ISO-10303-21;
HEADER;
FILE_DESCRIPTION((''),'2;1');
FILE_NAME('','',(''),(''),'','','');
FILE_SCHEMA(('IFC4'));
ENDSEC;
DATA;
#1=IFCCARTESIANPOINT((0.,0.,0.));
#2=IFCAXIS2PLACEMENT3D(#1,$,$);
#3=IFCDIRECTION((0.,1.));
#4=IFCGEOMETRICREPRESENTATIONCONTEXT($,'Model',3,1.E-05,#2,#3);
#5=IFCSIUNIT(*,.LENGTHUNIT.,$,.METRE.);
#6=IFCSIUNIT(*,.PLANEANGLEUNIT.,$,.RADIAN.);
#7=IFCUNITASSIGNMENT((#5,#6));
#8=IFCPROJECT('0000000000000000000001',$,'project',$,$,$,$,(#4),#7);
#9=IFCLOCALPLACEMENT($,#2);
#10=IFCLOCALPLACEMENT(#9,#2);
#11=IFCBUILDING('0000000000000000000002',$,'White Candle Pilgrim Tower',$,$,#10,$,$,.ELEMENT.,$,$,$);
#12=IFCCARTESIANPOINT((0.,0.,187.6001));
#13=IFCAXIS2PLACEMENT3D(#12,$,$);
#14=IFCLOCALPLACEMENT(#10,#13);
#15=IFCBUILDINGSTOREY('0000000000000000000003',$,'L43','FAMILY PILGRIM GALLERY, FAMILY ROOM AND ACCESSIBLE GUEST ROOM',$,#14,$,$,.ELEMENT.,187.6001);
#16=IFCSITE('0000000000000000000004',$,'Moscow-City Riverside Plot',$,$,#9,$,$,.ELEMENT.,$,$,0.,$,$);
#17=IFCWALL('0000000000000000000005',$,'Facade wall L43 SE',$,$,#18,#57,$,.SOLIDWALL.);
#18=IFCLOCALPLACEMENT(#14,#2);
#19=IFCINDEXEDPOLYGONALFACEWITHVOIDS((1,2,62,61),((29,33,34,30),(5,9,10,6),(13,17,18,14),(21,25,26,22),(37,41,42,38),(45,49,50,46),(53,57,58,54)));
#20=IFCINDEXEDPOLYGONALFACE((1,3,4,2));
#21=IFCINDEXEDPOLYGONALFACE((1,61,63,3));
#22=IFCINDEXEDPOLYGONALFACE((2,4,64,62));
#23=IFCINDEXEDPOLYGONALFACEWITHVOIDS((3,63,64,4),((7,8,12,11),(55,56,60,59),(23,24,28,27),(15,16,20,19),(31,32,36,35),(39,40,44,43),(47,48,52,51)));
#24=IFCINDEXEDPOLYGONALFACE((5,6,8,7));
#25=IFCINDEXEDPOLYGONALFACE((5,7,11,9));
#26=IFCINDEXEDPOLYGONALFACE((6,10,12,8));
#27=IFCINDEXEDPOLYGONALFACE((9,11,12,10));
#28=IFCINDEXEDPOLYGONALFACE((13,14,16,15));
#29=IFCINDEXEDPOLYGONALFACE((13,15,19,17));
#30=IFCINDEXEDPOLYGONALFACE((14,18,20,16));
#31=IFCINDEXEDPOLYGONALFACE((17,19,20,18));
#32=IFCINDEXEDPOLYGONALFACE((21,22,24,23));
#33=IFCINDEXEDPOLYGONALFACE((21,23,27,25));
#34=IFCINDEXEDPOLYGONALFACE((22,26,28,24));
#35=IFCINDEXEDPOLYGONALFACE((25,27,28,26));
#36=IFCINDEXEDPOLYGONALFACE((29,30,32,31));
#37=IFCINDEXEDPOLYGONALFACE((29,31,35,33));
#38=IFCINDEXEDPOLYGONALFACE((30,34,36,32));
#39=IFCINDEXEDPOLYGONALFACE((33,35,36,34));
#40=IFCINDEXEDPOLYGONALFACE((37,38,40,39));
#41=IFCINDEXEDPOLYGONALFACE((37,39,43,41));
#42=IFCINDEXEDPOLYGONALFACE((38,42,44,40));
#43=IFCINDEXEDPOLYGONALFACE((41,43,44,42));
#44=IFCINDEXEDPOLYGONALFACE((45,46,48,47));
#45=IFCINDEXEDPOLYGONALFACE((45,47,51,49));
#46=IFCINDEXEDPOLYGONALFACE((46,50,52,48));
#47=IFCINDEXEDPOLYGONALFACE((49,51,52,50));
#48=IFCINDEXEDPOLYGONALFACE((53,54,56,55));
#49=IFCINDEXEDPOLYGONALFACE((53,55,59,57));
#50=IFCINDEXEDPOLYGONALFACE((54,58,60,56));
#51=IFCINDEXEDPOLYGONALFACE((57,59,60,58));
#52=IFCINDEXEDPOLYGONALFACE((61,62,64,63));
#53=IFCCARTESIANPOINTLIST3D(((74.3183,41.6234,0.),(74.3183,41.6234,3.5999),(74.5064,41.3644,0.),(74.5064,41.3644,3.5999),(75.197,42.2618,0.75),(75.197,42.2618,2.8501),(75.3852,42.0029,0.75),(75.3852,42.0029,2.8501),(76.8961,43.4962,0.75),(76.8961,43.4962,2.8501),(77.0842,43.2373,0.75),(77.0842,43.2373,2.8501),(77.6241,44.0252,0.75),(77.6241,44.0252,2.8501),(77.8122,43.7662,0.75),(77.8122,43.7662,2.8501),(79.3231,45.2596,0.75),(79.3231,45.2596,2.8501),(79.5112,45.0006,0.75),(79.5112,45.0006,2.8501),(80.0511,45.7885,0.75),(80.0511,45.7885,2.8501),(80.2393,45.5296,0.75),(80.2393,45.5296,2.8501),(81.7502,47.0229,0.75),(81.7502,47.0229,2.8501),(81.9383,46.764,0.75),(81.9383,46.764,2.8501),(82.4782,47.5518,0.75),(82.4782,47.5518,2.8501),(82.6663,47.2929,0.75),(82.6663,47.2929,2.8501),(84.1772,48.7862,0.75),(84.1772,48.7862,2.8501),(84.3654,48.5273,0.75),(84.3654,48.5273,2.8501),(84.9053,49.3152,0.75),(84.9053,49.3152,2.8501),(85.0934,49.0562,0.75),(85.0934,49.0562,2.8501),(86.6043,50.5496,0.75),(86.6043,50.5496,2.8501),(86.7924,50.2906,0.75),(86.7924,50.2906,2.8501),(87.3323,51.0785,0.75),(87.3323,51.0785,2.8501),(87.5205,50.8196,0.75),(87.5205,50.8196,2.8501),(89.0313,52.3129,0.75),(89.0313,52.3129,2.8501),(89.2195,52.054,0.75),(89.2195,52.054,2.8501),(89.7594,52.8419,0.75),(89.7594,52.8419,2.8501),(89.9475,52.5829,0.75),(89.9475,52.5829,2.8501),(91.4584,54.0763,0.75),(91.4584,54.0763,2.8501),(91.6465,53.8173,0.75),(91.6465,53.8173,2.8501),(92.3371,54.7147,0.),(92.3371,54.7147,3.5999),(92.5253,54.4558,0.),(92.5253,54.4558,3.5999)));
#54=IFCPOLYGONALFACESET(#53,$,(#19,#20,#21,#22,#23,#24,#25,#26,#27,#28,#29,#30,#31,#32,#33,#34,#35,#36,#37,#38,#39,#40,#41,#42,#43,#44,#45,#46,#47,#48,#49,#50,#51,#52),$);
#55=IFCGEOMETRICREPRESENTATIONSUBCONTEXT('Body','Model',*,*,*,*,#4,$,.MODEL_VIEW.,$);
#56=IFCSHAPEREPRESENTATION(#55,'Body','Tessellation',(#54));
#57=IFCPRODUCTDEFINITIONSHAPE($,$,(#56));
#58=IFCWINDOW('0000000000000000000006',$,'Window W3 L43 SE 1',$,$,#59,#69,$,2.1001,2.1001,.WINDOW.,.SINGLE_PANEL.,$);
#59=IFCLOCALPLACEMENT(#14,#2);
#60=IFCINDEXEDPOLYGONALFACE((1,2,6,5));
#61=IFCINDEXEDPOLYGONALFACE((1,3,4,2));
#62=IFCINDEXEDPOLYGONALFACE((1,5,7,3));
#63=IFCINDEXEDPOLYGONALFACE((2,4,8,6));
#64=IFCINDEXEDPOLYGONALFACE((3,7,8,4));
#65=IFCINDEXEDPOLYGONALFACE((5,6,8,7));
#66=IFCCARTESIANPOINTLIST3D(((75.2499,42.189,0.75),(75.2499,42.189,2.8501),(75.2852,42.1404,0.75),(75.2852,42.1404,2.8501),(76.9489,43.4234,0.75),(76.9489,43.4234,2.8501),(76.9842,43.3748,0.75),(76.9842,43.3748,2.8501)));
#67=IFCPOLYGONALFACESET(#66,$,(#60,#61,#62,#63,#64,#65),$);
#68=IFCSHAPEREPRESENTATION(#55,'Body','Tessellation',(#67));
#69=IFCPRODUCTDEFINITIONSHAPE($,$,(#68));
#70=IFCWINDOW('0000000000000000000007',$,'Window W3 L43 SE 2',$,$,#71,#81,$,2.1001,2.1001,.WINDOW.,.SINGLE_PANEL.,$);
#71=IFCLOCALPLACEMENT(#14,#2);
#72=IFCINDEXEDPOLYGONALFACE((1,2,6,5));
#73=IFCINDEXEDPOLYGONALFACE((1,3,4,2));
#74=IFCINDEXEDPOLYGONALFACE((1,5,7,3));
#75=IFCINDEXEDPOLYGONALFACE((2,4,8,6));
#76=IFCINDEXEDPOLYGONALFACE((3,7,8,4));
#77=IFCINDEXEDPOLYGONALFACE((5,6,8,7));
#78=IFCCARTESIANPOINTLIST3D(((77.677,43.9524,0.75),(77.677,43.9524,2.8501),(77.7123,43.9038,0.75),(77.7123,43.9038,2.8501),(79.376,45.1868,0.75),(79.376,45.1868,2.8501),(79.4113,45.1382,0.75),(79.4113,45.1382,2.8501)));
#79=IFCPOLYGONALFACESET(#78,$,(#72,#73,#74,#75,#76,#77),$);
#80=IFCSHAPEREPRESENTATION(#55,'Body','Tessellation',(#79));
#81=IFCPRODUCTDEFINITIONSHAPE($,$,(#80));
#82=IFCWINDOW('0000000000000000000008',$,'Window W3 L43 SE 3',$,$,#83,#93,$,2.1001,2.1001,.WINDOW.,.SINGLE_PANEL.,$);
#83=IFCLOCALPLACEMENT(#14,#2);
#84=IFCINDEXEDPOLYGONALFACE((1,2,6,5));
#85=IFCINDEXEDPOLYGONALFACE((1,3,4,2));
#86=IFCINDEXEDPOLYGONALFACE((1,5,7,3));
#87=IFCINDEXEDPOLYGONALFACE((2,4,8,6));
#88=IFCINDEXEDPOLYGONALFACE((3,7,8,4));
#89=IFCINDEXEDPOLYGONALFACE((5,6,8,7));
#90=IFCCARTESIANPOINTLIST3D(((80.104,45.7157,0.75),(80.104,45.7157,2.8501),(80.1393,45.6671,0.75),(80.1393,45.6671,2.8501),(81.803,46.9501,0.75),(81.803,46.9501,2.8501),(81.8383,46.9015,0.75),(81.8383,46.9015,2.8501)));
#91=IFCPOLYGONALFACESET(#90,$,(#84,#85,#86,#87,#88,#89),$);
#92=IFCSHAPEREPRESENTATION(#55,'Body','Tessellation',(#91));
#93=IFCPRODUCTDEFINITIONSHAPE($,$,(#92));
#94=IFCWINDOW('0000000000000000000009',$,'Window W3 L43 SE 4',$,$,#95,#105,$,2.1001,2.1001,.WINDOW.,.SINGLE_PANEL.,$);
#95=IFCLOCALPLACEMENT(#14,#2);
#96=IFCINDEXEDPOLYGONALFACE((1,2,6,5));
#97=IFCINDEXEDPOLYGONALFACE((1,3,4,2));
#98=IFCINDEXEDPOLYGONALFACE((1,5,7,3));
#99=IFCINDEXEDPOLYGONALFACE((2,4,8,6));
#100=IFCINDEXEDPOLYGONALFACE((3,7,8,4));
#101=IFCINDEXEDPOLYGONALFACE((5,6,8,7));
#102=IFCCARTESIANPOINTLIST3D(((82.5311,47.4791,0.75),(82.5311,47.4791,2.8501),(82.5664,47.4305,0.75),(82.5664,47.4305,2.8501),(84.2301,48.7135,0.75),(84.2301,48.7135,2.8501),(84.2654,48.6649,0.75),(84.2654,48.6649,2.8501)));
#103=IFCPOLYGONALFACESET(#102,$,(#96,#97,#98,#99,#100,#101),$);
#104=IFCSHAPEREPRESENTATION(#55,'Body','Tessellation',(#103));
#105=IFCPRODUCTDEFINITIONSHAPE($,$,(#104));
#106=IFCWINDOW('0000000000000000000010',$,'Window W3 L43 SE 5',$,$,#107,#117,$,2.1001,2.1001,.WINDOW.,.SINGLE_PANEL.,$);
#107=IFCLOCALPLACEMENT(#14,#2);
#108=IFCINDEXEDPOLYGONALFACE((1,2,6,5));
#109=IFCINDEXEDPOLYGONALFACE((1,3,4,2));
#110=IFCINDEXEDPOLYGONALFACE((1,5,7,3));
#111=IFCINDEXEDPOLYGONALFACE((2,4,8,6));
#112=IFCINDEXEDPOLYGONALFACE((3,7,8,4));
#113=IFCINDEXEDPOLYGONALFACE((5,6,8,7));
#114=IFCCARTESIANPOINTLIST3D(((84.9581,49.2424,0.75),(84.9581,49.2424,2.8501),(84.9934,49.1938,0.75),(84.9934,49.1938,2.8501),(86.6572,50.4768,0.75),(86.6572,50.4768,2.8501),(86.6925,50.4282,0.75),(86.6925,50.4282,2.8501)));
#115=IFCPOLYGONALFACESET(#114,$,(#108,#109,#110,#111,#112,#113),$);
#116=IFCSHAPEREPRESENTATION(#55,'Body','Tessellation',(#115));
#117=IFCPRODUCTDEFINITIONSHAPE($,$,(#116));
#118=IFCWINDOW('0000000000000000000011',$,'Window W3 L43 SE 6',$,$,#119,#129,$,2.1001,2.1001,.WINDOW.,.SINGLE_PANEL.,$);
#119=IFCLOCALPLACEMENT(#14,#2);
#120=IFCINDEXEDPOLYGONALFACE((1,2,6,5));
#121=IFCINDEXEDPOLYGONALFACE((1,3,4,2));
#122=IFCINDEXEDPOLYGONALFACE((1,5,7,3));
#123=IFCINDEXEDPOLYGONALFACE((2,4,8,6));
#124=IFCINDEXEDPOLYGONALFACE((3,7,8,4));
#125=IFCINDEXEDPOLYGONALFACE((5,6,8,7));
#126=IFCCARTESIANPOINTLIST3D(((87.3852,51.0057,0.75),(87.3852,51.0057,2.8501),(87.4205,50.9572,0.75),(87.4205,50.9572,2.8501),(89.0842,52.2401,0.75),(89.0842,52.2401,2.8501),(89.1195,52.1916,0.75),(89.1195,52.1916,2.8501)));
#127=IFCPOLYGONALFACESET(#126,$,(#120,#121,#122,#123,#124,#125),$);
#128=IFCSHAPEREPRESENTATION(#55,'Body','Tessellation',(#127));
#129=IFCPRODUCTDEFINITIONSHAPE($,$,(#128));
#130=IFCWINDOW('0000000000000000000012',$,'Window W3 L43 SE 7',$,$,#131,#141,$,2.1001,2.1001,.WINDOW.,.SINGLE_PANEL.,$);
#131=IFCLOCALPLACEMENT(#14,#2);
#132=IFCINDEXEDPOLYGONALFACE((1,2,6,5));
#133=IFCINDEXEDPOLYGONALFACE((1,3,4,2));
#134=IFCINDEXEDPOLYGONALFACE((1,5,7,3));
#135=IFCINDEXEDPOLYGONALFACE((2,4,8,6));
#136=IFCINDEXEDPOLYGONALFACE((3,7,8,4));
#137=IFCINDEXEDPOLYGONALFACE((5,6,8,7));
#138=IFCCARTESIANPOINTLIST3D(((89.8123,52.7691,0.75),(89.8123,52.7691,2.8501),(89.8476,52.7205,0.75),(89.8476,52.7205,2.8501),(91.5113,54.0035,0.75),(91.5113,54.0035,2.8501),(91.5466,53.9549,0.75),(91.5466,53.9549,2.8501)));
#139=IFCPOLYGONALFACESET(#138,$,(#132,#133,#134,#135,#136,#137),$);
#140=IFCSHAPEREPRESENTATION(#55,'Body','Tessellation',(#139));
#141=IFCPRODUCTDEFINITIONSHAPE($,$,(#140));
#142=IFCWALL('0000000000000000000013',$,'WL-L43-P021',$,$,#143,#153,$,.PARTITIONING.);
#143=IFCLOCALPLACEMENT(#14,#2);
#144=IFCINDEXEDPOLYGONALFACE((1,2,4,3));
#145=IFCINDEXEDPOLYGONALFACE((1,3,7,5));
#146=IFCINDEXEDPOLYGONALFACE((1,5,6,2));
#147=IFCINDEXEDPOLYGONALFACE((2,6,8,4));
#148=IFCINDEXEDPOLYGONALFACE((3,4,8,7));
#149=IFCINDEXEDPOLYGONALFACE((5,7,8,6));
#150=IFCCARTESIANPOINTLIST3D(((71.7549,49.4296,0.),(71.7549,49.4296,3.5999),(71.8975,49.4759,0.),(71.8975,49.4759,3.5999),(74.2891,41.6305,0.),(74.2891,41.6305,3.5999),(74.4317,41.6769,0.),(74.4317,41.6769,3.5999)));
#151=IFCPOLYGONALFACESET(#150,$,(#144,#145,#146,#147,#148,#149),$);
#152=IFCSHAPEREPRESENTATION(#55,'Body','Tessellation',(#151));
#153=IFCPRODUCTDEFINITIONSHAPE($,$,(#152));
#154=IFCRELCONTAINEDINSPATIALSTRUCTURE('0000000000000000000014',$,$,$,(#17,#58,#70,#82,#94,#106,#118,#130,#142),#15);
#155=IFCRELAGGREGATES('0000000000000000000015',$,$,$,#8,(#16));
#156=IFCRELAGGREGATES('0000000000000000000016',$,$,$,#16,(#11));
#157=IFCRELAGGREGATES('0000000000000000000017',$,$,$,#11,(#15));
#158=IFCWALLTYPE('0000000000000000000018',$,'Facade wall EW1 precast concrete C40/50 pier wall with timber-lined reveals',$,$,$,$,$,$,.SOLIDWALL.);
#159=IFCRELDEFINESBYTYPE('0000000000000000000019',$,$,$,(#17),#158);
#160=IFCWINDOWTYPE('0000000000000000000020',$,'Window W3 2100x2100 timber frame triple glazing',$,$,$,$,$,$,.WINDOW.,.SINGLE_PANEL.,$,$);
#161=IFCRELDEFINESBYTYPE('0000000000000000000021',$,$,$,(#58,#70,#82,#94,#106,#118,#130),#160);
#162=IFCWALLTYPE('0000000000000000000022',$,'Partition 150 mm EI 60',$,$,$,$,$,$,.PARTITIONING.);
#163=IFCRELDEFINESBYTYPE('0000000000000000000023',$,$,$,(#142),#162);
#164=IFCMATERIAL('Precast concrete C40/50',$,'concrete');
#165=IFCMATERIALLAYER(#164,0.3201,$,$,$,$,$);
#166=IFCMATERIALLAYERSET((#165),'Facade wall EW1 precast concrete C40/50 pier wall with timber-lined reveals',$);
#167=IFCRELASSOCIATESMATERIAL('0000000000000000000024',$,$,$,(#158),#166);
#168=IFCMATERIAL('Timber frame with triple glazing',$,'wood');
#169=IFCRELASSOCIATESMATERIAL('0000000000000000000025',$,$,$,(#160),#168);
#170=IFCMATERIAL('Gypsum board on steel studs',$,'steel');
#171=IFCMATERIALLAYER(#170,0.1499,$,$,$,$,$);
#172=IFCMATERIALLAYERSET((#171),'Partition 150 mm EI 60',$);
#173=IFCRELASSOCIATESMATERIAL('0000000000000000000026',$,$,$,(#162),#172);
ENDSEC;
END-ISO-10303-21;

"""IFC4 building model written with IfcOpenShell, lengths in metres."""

from ifc_helpers import new_model, si_unit, direction, frame, frame_2d, origin, place, context, subcontext, project, spatial, rectangle, extrude, material, layer, layer_set, type_object, element, fill, save


model = new_model("IFC4")

# Units and contexts
model_context = context("Model", 3, precision=1e-05, world=origin(), true_north=direction((0.0, 1.0)))
body_context = subcontext(model_context, "Body", "Model", "MODEL_VIEW")
ifc_project = project(units=[si_unit("LENGTHUNIT", "METRE"), si_unit("PLANEANGLEUNIT", "RADIAN")], contexts=[model_context])

# Site, building, storey
site_placement = place(None, origin())
site = spatial("IfcSite", under=ifc_project, at=site_placement, Name="Moscow-City Riverside Plot", CompositionType="ELEMENT", RefElevation=0.0)
building_placement = place(site_placement, origin())
building = spatial("IfcBuilding", under=site, at=building_placement, Name="White Candle Pilgrim Tower", CompositionType="ELEMENT")
storey_placement = place(building_placement, frame((0.0, 0.0, 187.6001)))
storey = spatial("IfcBuildingStorey", under=building, at=storey_placement, Name="L43", Description="FAMILY PILGRIM GALLERY, FAMILY ROOM AND ACCESSIBLE GUEST ROOM", CompositionType="ELEMENT", Elevation=187.6001)

# Shared definitions
ifc_material_1 = material(Name="Gypsum board on steel studs", Category="steel")

# Wall, openings, windows
ifc_material_2 = material(Name="Precast concrete C40/50", Category="concrete")
ifc_layer_1 = layer(ifc_material_2, 0.3201)
ifc_layer_set_1 = layer_set([ifc_layer_1], Name="Facade wall EW1 precast concrete C40/50 pier wall with timber-lined reveals")
wall_type_1 = type_object("IfcWallType", Name="Facade wall EW1 precast concrete C40/50 pier wall with timber-lined reveals", PredefinedType="SOLIDWALL", material=ifc_layer_set_1)
wall_1_placement = place(storey_placement, frame((74.4124, 41.4939, 0.0), z_axis=(0.0, 0.0, 1.0), x_axis=(0.809019, 0.587782, 0.0)))
wall_1 = element("IfcWall", 1, at=wall_1_placement, inside=storey, type_object=wall_type_1, Name="Facade wall L43 SE", PredefinedType="SOLIDWALL", context=body_context, shape_type="SweptSolid", body=[
    extrude(rectangle(XDim=22.2725, YDim=0.3201, at=frame_2d((11.1362, 0.0))), origin(), (0.0, 0.0, 1.0), 3.5999),
])
opening_1_placement = place(wall_1_placement, frame((1.0862, 0.0, 0.75)))
opening_1 = element("IfcOpeningElement", 2, at=opening_1_placement, cuts=wall_1, PredefinedType="OPENING", context=body_context, shape_type="SweptSolid", body=[
    extrude(rectangle(XDim=2.1001, YDim=2.1001, at=frame_2d((1.05, 1.05))), frame((0.0, 0.1699, 0.0), z_axis=(0.0, -1.0, 0.0), x_axis=(1.0, 0.0, 0.0)), (0.0, 0.0, 1.0), 0.3401),
])
opening_2_placement = place(wall_1_placement, frame((4.0862, 0.0, 0.75)))
opening_2 = element("IfcOpeningElement", 3, at=opening_2_placement, cuts=wall_1, PredefinedType="OPENING", context=body_context, shape_type="SweptSolid", body=[
    extrude(rectangle(XDim=2.1001, YDim=2.1001, at=frame_2d((1.05, 1.05))), frame((0.0, 0.1699, 0.0), z_axis=(0.0, -1.0, 0.0), x_axis=(1.0, 0.0, 0.0)), (0.0, 0.0, 1.0), 0.3401),
])
opening_3_placement = place(wall_1_placement, frame((7.0862, 0.0, 0.75)))
opening_3 = element("IfcOpeningElement", 4, at=opening_3_placement, cuts=wall_1, PredefinedType="OPENING", context=body_context, shape_type="SweptSolid", body=[
    extrude(rectangle(XDim=2.1001, YDim=2.1001, at=frame_2d((1.05, 1.05))), frame((0.0, 0.1699, 0.0), z_axis=(0.0, -1.0, 0.0), x_axis=(1.0, 0.0, 0.0)), (0.0, 0.0, 1.0), 0.3401),
])
opening_4_placement = place(wall_1_placement, frame((10.0862, 0.0, 0.75)))
opening_4 = element("IfcOpeningElement", 5, at=opening_4_placement, cuts=wall_1, PredefinedType="OPENING", context=body_context, shape_type="SweptSolid", body=[
    extrude(rectangle(XDim=2.1001, YDim=2.1001, at=frame_2d((1.05, 1.05))), frame((0.0, 0.1699, 0.0), z_axis=(0.0, -1.0, 0.0), x_axis=(1.0, 0.0, 0.0)), (0.0, 0.0, 1.0), 0.3401),
])
opening_5_placement = place(wall_1_placement, frame((13.0862, 0.0, 0.75)))
opening_5 = element("IfcOpeningElement", 6, at=opening_5_placement, cuts=wall_1, PredefinedType="OPENING", context=body_context, shape_type="SweptSolid", body=[
    extrude(rectangle(XDim=2.1001, YDim=2.1001, at=frame_2d((1.05, 1.05))), frame((0.0, 0.1699, 0.0), z_axis=(0.0, -1.0, 0.0), x_axis=(1.0, 0.0, 0.0)), (0.0, 0.0, 1.0), 0.3401),
])
opening_6_placement = place(wall_1_placement, frame((16.0862, 0.0, 0.75)))
opening_6 = element("IfcOpeningElement", 7, at=opening_6_placement, cuts=wall_1, PredefinedType="OPENING", context=body_context, shape_type="SweptSolid", body=[
    extrude(rectangle(XDim=2.1001, YDim=2.1001, at=frame_2d((1.05, 1.05))), frame((0.0, 0.1699, 0.0), z_axis=(0.0, -1.0, 0.0), x_axis=(1.0, 0.0, 0.0)), (0.0, 0.0, 1.0), 0.3401),
])
opening_7_placement = place(wall_1_placement, frame((19.0862, 0.0, 0.75)))
opening_7 = element("IfcOpeningElement", 8, at=opening_7_placement, cuts=wall_1, PredefinedType="OPENING", context=body_context, shape_type="SweptSolid", body=[
    extrude(rectangle(XDim=2.1001, YDim=2.1001, at=frame_2d((1.05, 1.05))), frame((0.0, 0.1699, 0.0), z_axis=(0.0, -1.0, 0.0), x_axis=(1.0, 0.0, 0.0)), (0.0, 0.0, 1.0), 0.3401),
])
ifc_material_3 = material(Name="Timber frame with triple glazing", Category="wood")
window_type = type_object("IfcWindowType", Name="Window W3 2100x2100 timber frame triple glazing", PartitioningType="SINGLE_PANEL", PredefinedType="WINDOW", material=ifc_material_3)
window_1_placement = place(opening_1_placement, origin())
window_1 = element("IfcWindow", 9, at=window_1_placement, inside=storey, type_object=window_type, Name="Window W3 L43 SE 1", OverallHeight=2.1001, OverallWidth=2.1001, PartitioningType="SINGLE_PANEL", PredefinedType="WINDOW", context=body_context, shape_type="SweptSolid", body=[
    extrude(rectangle(XDim=2.1001, YDim=2.1001, at=frame_2d((1.05, 1.05))), frame((0.0, 0.0701, 0.0), z_axis=(0.0, -1.0, 0.0), x_axis=(1.0, 0.0, 0.0)), (0.0, 0.0, 1.0), 0.0601),
])
fill(opening_1, window_1)
window_2_placement = place(opening_2_placement, origin())
window_2 = element("IfcWindow", 10, at=window_2_placement, inside=storey, type_object=window_type, Name="Window W3 L43 SE 2", OverallHeight=2.1001, OverallWidth=2.1001, PartitioningType="SINGLE_PANEL", PredefinedType="WINDOW", context=body_context, shape_type="SweptSolid", body=[
    extrude(rectangle(XDim=2.1001, YDim=2.1001, at=frame_2d((1.05, 1.05))), frame((0.0, 0.0701, 0.0), z_axis=(0.0, -1.0, 0.0), x_axis=(1.0, 0.0, 0.0)), (0.0, 0.0, 1.0), 0.0601),
])
fill(opening_2, window_2)
window_3_placement = place(opening_3_placement, origin())
window_3 = element("IfcWindow", 11, at=window_3_placement, inside=storey, type_object=window_type, Name="Window W3 L43 SE 3", OverallHeight=2.1001, OverallWidth=2.1001, PartitioningType="SINGLE_PANEL", PredefinedType="WINDOW", context=body_context, shape_type="SweptSolid", body=[
    extrude(rectangle(XDim=2.1001, YDim=2.1001, at=frame_2d((1.05, 1.05))), frame((0.0, 0.0701, 0.0), z_axis=(0.0, -1.0, 0.0), x_axis=(1.0, 0.0, 0.0)), (0.0, 0.0, 1.0), 0.0601),
])
fill(opening_3, window_3)
window_4_placement = place(opening_4_placement, origin())
window_4 = element("IfcWindow", 12, at=window_4_placement, inside=storey, type_object=window_type, Name="Window W3 L43 SE 4", OverallHeight=2.1001, OverallWidth=2.1001, PartitioningType="SINGLE_PANEL", PredefinedType="WINDOW", context=body_context, shape_type="SweptSolid", body=[
    extrude(rectangle(XDim=2.1001, YDim=2.1001, at=frame_2d((1.05, 1.05))), frame((0.0, 0.0701, 0.0), z_axis=(0.0, -1.0, 0.0), x_axis=(1.0, 0.0, 0.0)), (0.0, 0.0, 1.0), 0.0601),
])
fill(opening_4, window_4)
window_5_placement = place(opening_5_placement, origin())
window_5 = element("IfcWindow", 13, at=window_5_placement, inside=storey, type_object=window_type, Name="Window W3 L43 SE 5", OverallHeight=2.1001, OverallWidth=2.1001, PartitioningType="SINGLE_PANEL", PredefinedType="WINDOW", context=body_context, shape_type="SweptSolid", body=[
    extrude(rectangle(XDim=2.1001, YDim=2.1001, at=frame_2d((1.05, 1.05))), frame((0.0, 0.0701, 0.0), z_axis=(0.0, -1.0, 0.0), x_axis=(1.0, 0.0, 0.0)), (0.0, 0.0, 1.0), 0.0601),
])
fill(opening_5, window_5)
window_6_placement = place(opening_6_placement, origin())
window_6 = element("IfcWindow", 14, at=window_6_placement, inside=storey, type_object=window_type, Name="Window W3 L43 SE 6", OverallHeight=2.1001, OverallWidth=2.1001, PartitioningType="SINGLE_PANEL", PredefinedType="WINDOW", context=body_context, shape_type="SweptSolid", body=[
    extrude(rectangle(XDim=2.1001, YDim=2.1001, at=frame_2d((1.05, 1.05))), frame((0.0, 0.0701, 0.0), z_axis=(0.0, -1.0, 0.0), x_axis=(1.0, 0.0, 0.0)), (0.0, 0.0, 1.0), 0.0601),
])
fill(opening_6, window_6)
window_7_placement = place(opening_7_placement, origin())
window_7 = element("IfcWindow", 15, at=window_7_placement, inside=storey, type_object=window_type, Name="Window W3 L43 SE 7", OverallHeight=2.1001, OverallWidth=2.1001, PartitioningType="SINGLE_PANEL", PredefinedType="WINDOW", context=body_context, shape_type="SweptSolid", body=[
    extrude(rectangle(XDim=2.1001, YDim=2.1001, at=frame_2d((1.05, 1.05))), frame((0.0, 0.0701, 0.0), z_axis=(0.0, -1.0, 0.0), x_axis=(1.0, 0.0, 0.0)), (0.0, 0.0, 1.0), 0.0601),
])
fill(opening_7, window_7)

# Wall
ifc_layer_2 = layer(ifc_material_1, 0.1499)
ifc_layer_set_2 = layer_set([ifc_layer_2], Name="Partition 150 mm EI 60")
wall_type_2 = type_object("IfcWallType", Name="Partition 150 mm EI 60", PredefinedType="PARTITIONING", material=ifc_layer_set_2)
wall_2_placement = place(storey_placement, frame((74.3604, 41.6538, 0.0), z_axis=(0.0, 0.0, 1.0), x_axis=(-0.309029, 0.951053, 0.0)))
element("IfcWall", 16, at=wall_2_placement, inside=storey, type_object=wall_type_2, Name="WL-L43-P021", PredefinedType="PARTITIONING", context=body_context, shape_type="SweptSolid", body=[
    extrude(rectangle(XDim=8.2004, YDim=0.1499, at=frame_2d((4.1001, 0.0))), origin(), (0.0, 0.0, 1.0), 3.5999),
])

save(model, "model.ifc")
